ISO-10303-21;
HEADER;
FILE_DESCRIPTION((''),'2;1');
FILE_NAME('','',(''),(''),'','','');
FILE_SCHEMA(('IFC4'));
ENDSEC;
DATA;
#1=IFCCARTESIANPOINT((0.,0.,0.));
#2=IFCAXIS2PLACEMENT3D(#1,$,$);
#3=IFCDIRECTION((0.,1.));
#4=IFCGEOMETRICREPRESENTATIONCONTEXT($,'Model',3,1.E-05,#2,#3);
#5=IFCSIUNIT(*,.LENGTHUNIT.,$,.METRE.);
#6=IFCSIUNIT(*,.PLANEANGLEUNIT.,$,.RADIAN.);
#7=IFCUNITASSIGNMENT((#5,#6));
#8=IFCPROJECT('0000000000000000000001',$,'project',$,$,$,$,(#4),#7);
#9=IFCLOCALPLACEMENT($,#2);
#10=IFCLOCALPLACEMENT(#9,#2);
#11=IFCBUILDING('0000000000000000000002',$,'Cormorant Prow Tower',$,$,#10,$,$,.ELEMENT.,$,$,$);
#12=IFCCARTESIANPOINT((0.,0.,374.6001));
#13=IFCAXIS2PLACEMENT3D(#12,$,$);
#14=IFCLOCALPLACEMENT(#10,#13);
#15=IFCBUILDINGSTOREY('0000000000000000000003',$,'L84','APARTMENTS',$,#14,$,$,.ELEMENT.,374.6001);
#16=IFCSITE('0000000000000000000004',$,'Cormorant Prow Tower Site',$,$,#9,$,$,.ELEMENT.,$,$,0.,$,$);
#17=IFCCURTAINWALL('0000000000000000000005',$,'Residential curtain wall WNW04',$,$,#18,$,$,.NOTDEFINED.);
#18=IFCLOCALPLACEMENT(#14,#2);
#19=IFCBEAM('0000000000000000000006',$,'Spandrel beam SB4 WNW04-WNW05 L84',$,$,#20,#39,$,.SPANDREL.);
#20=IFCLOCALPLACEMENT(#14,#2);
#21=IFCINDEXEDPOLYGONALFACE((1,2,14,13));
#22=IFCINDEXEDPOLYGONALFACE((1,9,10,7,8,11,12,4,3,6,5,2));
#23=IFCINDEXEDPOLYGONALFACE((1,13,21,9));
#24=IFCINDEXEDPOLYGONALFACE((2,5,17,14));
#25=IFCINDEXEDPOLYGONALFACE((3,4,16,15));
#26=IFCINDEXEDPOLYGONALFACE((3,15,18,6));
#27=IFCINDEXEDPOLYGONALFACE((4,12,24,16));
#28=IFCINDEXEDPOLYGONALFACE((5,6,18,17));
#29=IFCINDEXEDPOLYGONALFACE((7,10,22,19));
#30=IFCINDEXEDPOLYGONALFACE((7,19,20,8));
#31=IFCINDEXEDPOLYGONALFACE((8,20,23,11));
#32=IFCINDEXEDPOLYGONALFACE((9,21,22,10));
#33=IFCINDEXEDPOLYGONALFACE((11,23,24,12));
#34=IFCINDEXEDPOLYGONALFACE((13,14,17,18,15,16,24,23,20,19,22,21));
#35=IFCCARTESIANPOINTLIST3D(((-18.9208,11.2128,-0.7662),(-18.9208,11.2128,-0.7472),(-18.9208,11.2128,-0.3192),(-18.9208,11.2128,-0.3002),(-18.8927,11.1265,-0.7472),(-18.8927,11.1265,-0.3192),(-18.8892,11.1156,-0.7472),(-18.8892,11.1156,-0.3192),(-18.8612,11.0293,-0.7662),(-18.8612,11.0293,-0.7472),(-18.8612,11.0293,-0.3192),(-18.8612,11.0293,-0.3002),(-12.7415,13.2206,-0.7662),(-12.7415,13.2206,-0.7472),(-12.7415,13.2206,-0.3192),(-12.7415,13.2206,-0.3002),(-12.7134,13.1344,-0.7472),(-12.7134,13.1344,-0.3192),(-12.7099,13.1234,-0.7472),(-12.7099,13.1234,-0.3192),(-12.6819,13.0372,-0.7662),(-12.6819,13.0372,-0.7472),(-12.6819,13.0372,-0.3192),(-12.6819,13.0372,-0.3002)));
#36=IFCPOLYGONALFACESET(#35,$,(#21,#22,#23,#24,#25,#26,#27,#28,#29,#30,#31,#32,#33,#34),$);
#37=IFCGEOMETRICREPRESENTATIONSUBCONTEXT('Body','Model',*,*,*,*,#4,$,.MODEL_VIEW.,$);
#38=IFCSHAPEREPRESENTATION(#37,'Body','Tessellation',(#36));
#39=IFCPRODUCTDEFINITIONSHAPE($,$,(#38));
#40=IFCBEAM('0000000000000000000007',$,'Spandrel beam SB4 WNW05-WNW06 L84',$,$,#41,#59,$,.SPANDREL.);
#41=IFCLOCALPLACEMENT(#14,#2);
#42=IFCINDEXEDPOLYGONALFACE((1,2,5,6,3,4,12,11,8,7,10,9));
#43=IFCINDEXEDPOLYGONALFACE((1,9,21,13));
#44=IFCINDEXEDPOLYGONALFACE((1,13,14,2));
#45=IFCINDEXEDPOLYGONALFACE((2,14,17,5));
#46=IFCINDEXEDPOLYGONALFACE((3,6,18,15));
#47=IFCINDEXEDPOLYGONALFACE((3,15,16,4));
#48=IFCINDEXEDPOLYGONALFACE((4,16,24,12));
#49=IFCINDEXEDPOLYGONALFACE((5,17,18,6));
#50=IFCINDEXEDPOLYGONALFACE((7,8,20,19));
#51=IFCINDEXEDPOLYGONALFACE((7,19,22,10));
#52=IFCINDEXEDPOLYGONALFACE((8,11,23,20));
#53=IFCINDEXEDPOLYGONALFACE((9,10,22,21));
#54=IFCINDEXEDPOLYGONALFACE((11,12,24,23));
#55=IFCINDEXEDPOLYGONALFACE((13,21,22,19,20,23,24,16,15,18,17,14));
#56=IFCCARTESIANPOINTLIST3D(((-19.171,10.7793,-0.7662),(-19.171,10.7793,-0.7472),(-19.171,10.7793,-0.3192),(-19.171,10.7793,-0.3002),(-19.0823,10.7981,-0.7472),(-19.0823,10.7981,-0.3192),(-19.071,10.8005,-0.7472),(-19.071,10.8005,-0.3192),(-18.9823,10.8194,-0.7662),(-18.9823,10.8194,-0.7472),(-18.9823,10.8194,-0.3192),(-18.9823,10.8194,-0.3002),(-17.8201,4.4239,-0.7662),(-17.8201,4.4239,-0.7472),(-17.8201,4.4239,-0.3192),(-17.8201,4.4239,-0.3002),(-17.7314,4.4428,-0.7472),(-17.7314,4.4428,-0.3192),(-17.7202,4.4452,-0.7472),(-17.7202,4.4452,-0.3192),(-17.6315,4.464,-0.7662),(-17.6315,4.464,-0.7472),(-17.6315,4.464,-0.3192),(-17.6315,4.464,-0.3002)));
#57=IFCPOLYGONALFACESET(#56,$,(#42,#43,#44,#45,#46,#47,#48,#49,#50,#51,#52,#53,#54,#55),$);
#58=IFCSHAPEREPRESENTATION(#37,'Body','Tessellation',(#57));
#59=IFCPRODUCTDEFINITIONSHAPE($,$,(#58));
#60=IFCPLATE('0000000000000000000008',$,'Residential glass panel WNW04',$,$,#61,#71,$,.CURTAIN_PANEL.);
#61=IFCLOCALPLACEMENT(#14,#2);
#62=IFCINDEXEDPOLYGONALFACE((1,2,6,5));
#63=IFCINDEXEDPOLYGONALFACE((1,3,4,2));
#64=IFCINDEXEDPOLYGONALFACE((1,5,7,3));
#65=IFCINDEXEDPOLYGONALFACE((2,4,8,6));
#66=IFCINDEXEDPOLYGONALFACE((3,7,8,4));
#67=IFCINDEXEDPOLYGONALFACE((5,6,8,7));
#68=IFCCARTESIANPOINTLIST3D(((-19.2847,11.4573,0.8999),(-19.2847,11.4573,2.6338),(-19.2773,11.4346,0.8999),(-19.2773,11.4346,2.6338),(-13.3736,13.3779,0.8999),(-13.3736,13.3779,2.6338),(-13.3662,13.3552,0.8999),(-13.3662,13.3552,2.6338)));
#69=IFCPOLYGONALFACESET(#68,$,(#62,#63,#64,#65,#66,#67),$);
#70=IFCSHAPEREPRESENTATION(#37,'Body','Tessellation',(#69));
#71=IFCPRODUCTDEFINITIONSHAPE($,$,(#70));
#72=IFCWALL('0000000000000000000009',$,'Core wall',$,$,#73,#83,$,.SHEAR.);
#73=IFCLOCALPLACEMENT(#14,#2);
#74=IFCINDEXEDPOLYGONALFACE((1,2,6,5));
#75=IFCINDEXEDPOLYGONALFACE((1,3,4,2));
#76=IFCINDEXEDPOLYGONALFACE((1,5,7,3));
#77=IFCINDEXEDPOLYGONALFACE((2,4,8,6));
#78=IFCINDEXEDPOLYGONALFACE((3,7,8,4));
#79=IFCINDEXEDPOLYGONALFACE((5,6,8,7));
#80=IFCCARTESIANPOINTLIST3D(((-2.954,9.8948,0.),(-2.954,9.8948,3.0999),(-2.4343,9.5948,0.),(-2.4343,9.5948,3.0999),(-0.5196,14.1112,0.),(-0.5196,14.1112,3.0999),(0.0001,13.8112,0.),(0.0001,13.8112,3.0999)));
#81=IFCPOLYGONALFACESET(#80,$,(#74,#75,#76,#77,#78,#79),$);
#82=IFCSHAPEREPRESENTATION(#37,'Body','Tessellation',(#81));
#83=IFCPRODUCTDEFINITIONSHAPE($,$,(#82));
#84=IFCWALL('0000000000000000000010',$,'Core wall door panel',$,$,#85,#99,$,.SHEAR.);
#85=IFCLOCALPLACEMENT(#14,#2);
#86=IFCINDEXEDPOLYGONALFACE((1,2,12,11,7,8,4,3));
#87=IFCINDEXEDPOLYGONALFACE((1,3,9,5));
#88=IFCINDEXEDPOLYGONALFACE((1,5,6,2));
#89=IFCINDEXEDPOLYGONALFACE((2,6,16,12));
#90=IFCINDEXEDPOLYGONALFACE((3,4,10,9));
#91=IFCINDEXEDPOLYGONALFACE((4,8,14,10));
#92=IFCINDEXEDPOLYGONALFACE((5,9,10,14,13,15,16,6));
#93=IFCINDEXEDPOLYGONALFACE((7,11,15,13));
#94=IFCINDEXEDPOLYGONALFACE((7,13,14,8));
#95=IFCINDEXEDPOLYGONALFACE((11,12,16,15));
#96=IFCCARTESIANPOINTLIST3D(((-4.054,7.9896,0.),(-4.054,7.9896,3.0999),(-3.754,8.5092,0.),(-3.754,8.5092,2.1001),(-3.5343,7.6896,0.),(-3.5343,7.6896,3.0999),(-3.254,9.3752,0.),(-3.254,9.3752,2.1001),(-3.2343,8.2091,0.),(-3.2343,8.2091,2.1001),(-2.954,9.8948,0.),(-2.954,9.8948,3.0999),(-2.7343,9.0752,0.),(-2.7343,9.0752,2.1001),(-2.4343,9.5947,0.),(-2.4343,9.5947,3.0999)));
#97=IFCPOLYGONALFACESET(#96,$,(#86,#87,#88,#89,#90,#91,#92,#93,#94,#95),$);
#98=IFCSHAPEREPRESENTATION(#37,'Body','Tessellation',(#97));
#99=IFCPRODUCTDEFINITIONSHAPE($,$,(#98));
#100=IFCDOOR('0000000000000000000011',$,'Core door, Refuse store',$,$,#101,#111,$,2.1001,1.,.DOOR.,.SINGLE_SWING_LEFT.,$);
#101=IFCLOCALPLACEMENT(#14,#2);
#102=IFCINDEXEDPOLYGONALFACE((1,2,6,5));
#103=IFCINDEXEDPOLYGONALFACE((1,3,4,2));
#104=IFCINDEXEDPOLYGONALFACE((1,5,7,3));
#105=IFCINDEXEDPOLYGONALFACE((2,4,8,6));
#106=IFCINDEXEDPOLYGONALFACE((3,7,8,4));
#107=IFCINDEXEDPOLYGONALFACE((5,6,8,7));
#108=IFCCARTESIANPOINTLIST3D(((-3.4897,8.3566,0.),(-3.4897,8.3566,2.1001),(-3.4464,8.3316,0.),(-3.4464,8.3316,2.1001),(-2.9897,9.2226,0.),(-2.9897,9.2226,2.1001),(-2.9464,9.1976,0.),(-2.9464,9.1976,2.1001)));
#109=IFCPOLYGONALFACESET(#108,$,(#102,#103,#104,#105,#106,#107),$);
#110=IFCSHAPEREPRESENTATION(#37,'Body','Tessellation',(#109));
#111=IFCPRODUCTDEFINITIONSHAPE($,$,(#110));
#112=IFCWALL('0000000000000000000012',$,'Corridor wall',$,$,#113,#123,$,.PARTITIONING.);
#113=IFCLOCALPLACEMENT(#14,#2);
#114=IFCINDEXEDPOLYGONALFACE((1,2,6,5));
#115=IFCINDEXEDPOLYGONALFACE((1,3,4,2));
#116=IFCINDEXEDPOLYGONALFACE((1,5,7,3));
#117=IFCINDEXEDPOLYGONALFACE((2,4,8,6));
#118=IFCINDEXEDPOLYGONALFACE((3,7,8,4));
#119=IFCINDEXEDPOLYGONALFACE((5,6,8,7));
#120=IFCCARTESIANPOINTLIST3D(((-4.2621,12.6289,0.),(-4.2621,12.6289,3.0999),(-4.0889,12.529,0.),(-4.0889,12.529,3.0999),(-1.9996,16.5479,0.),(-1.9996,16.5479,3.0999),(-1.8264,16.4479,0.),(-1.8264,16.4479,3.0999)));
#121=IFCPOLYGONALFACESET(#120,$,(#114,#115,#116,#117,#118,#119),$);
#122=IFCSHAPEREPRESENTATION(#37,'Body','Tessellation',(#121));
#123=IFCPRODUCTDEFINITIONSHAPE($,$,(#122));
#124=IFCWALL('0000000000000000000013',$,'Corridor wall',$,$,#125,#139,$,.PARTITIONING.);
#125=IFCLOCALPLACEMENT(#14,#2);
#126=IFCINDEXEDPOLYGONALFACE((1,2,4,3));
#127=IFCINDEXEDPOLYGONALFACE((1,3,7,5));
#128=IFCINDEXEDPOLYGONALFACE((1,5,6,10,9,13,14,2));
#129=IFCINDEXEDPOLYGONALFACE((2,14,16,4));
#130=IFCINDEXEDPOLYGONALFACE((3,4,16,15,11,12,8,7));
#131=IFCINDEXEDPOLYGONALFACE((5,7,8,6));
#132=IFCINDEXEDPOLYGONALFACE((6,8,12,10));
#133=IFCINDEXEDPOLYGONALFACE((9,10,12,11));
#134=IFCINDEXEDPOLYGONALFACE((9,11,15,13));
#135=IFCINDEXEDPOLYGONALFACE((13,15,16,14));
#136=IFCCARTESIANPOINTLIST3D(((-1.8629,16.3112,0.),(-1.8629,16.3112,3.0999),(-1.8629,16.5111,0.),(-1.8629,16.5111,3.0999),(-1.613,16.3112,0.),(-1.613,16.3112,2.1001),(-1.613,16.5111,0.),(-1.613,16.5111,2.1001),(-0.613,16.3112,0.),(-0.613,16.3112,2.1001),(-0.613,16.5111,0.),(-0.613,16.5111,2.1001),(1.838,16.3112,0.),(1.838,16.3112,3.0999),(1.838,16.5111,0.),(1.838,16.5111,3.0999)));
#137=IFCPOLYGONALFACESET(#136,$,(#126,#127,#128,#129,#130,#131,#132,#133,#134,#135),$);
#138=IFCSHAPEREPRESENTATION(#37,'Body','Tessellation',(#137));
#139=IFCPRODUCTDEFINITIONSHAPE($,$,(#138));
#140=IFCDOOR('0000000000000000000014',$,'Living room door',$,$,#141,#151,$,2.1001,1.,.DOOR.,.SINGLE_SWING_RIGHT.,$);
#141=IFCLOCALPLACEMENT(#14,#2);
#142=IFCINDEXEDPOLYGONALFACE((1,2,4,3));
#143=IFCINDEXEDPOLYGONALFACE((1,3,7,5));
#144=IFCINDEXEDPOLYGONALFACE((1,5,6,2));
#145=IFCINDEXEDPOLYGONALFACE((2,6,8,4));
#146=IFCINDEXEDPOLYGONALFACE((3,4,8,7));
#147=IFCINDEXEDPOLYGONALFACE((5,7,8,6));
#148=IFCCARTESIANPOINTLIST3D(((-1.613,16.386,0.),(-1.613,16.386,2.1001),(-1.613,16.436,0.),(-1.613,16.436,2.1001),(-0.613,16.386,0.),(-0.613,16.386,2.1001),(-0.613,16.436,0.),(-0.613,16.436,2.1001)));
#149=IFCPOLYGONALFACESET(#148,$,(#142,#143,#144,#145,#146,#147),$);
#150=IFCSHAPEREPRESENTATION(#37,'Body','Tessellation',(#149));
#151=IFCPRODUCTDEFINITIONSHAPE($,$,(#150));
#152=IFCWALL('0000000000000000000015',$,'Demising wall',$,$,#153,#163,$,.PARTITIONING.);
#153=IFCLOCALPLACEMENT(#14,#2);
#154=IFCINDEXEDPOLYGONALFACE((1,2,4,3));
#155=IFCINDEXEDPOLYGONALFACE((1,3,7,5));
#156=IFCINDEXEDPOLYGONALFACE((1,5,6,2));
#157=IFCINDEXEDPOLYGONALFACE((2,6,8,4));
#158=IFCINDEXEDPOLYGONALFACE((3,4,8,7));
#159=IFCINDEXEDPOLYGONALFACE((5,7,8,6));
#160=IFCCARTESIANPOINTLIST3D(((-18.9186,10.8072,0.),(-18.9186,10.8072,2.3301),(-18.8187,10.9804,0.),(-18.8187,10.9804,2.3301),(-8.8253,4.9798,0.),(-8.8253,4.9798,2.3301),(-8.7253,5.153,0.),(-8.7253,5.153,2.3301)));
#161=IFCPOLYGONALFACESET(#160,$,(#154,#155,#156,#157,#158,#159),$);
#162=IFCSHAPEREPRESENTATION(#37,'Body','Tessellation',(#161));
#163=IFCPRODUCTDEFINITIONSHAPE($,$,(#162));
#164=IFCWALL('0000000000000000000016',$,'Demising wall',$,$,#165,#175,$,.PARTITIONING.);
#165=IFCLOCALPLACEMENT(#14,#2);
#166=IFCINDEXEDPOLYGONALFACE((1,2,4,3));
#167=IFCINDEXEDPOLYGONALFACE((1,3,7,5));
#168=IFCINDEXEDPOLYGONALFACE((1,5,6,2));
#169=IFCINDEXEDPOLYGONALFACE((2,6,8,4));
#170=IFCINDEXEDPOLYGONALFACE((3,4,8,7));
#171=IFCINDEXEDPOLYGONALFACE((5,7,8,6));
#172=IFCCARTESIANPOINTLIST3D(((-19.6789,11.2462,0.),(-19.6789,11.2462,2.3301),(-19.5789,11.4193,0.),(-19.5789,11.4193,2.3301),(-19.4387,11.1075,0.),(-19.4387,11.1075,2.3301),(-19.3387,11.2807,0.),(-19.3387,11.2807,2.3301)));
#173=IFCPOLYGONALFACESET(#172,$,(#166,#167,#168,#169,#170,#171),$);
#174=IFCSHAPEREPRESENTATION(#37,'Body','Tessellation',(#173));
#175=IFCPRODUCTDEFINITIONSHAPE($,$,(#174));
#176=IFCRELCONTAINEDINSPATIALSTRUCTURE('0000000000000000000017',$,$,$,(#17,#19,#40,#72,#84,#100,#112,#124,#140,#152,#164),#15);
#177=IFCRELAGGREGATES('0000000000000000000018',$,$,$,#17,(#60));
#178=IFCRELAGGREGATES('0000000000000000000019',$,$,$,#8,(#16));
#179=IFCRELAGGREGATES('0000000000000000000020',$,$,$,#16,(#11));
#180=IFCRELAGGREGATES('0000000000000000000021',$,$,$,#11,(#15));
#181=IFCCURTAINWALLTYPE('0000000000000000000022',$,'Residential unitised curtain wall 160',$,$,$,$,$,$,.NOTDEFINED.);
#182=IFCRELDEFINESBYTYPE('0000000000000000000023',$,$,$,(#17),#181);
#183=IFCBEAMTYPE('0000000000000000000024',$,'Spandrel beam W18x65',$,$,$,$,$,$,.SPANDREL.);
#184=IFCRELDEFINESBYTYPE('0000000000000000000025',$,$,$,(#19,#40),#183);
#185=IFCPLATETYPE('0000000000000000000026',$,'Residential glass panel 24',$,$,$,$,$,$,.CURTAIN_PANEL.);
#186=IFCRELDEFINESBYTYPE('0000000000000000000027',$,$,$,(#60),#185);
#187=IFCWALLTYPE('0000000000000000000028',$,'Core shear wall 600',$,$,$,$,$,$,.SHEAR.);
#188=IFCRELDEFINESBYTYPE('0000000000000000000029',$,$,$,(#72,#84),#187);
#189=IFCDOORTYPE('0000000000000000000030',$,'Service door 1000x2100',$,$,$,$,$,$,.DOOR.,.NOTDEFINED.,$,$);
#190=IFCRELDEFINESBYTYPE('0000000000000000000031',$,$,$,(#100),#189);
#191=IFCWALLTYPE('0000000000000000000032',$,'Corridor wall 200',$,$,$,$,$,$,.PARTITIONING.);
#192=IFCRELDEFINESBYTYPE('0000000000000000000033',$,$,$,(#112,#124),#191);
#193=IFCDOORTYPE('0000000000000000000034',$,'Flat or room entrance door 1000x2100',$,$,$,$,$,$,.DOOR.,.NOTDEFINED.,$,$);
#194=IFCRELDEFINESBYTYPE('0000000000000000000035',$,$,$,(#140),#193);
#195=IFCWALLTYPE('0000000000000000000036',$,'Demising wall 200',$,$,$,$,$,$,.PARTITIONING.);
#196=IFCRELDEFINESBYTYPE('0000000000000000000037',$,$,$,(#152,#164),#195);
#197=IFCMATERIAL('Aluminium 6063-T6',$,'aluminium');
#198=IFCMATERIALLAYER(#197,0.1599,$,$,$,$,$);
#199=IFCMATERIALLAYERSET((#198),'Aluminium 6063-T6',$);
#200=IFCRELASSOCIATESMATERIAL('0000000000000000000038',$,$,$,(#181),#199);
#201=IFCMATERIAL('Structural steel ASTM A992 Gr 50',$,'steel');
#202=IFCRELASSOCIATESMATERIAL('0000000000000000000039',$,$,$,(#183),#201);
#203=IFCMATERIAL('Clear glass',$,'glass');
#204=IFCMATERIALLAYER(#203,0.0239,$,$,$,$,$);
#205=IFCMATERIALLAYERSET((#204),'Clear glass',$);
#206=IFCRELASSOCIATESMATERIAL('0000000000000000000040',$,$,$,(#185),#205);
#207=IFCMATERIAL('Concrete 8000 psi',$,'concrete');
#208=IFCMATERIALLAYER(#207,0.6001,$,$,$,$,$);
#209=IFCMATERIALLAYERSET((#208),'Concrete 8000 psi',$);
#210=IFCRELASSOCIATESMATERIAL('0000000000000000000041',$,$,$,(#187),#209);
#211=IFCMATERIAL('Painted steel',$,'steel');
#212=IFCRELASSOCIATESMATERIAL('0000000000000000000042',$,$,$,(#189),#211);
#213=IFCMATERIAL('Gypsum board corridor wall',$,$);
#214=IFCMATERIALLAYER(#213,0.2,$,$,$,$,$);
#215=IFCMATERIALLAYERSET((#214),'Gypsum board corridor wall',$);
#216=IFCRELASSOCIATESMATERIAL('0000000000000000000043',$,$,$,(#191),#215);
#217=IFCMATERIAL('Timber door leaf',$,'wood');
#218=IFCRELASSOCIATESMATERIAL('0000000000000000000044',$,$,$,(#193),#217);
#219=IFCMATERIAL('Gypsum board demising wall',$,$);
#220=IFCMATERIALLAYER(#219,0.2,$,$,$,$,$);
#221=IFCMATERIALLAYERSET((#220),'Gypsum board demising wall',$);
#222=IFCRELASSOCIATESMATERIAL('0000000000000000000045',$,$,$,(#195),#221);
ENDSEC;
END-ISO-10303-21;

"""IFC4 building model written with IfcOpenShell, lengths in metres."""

from ifc_helpers import new_model, si_unit, direction, frame, frame_2d, origin, origin_2d, place, context, subcontext, project, spatial, rectangle, i_section, extrude, material, layer, layer_set, material_profile, profile_set, type_object, element, fill, aggregate, save


model = new_model("IFC4")

# Units and contexts
model_context = context("Model", 3, precision=1e-05, world=origin(), true_north=direction((0.0, 1.0)))
body_context = subcontext(model_context, "Body", "Model", "MODEL_VIEW")
ifc_project = project(units=[si_unit("LENGTHUNIT", "METRE"), si_unit("PLANEANGLEUNIT", "RADIAN")], contexts=[model_context])

# Site, building, storey
site_placement = place(None, origin())
site = spatial("IfcSite", under=ifc_project, at=site_placement, Name="Cormorant Prow Tower Site", CompositionType="ELEMENT", RefElevation=0.0)
building_placement = place(site_placement, origin())
building = spatial("IfcBuilding", under=site, at=building_placement, Name="Cormorant Prow Tower", CompositionType="ELEMENT")
storey_placement = place(building_placement, frame((0.0, 0.0, 374.6001)))
storey = spatial("IfcBuildingStorey", under=building, at=storey_placement, Name="L84", Description="APARTMENTS", CompositionType="ELEMENT", Elevation=374.6001)

# Curtain wall
ifc_material_1 = material(Name="Aluminium 6063-T6", Category="aluminium")
ifc_layer_1 = layer(ifc_material_1, 0.1599)
ifc_layer_set_1 = layer_set([ifc_layer_1], Name="Aluminium 6063-T6")
curtain_wall_type = type_object("IfcCurtainWallType", Name="Residential unitised curtain wall 160", PredefinedType="NOTDEFINED", material=ifc_layer_set_1)
curtain_wall_placement = place(storey_placement, origin())
curtain_wall = element("IfcCurtainWall", 1, at=curtain_wall_placement, inside=storey, type_object=curtain_wall_type, Name="Residential curtain wall WNW04", PredefinedType="NOTDEFINED")

# Beams
ifc_material_2 = material(Name="Structural steel ASTM A992 Gr 50", Category="steel")
ifc_material_profile_1 = material_profile(ifc_material_2, i_section(OverallWidth=0.1929, OverallDepth=0.4661, WebThickness=0.0115, FlangeThickness=0.019, at=origin_2d()), Name="W18x65")
ifc_profile_set_1 = profile_set([ifc_material_profile_1], Name="Structural steel ASTM A992 Gr 50")
beam_type_1 = type_object("IfcBeamType", Name="Spandrel beam W18x65", PredefinedType="SPANDREL", material=ifc_profile_set_1)
for number, where, z_axis, x_axis, name in (
    (2, (-12.7117, 13.1289, -0.5332), (-0.951053, -0.309027, 0.0), (0.309027, -0.951053, 0.0), "Spandrel beam SB4 WNW04-WNW05 L84"),
    (3, (-19.0767, 10.7993, -0.5332), (0.20791, -0.978148, 0.0), (0.978148, 0.20791, 0.0), "Spandrel beam SB4 WNW05-WNW06 L84"),
):
    element("IfcBeam", number, at=place(storey_placement, frame(where, z_axis=z_axis, x_axis=x_axis)), inside=storey, type_object=beam_type_1, Name=name, PredefinedType="SPANDREL", context=body_context, shape_type="SweptSolid", body=[
        extrude(i_section(OverallWidth=0.1929, OverallDepth=0.4661, WebThickness=0.0115, FlangeThickness=0.019, at=origin_2d()), origin(), (0.0, 0.0, 1.0), 6.4973),
    ])

# Plate
ifc_material_3 = material(Name="Clear glass", Category="glass")
ifc_layer_2 = layer(ifc_material_3, 0.0239)
ifc_layer_set_2 = layer_set([ifc_layer_2], Name="Clear glass")
plate_type = type_object("IfcPlateType", Name="Residential glass panel 24", PredefinedType="CURTAIN_PANEL", material=ifc_layer_set_2)
plate_placement = place(storey_placement, frame((-16.3254, 12.4062, 0.8999), z_axis=(0.0, 0.0, 1.0), x_axis=(-0.951057, -0.309017, 0.0)))
plate = element("IfcPlate", 4, at=plate_placement, type_object=plate_type, Name="Residential glass panel WNW04", PredefinedType="CURTAIN_PANEL", context=body_context, shape_type="SweptSolid", body=[
    extrude(rectangle(XDim=6.2153, YDim=0.0239, at=origin_2d()), origin(), (0.0, 0.0, 1.0), 1.7339),
])
aggregate(curtain_wall, [plate])

# Wall
ifc_material_4 = material(Name="Concrete 8000 psi", Category="concrete")
ifc_layer_3 = layer(ifc_material_4, 0.6001)
ifc_layer_set_3 = layer_set([ifc_layer_3], Name="Concrete 8000 psi")
wall_type_1 = type_object("IfcWallType", Name="Core shear wall 600", PredefinedType="SHEAR", material=ifc_layer_set_3)
wall_1_placement = place(storey_placement, frame((-0.2598, 13.9612, 0.0), z_axis=(0.0, 0.0, 1.0), x_axis=(-0.500006, -0.866022, 0.0)))
element("IfcWall", 5, at=wall_1_placement, inside=storey, type_object=wall_type_1, Name="Core wall", PredefinedType="SHEAR", context=body_context, shape_type="SweptSolid", body=[
    extrude(rectangle(XDim=4.8687, YDim=0.6001, at=frame_2d((2.4343, 0.0))), origin(), (0.0, 0.0, 1.0), 3.0999),
])

# Wall, opening, door
wall_2_placement = place(storey_placement, frame((-2.6941, 9.7449, 0.0), z_axis=(0.0, 0.0, 1.0), x_axis=(-0.50003, -0.866008, 0.0)))
wall_2 = element("IfcWall", 6, at=wall_2_placement, inside=storey, type_object=wall_type_1, Name="Core wall door panel", PredefinedType="SHEAR", context=body_context, shape_type="SweptSolid", body=[
    extrude(rectangle(XDim=2.2, YDim=0.6001, at=frame_2d((1.1001, 0.0))), origin(), (0.0, 0.0, 1.0), 3.0999),
])
opening_1_placement = place(wall_2_placement, frame((0.6001, 0.0, 0.0)))
opening_1 = element("IfcOpeningElement", 7, at=opening_1_placement, cuts=wall_2, PredefinedType="OPENING", context=body_context, shape_type="SweptSolid", body=[
    extrude(rectangle(XDim=1.0, YDim=2.1001, at=frame_2d((0.5, 1.05))), frame((0.0, 0.3101, 0.0), z_axis=(0.0, -1.0, 0.0), x_axis=(1.0, 0.0, 0.0)), (0.0, 0.0, 1.0), 0.6201),
])
ifc_material_5 = material(Name="Painted steel", Category="steel")
door_type_1 = type_object("IfcDoorType", Name="Service door 1000x2100", OperationType="NOTDEFINED", PredefinedType="DOOR", material=ifc_material_5)
door_1_placement = place(opening_1_placement, origin())
door_1 = element("IfcDoor", 8, at=door_1_placement, inside=storey, type_object=door_type_1, Name="Core door, Refuse store", OperationType="SINGLE_SWING_LEFT", OverallHeight=2.1001, OverallWidth=1.0, PredefinedType="DOOR", context=body_context, shape_type="SweptSolid", body=[
    extrude(rectangle(XDim=1.0, YDim=2.1001, at=frame_2d((0.5, 1.05))), frame((0.0, 0.0552, 0.0), z_axis=(0.0, -1.0, 0.0), x_axis=(1.0, 0.0, 0.0)), (0.0, 0.0, 1.0), 0.05),
])
fill(opening_1, door_1)

# Wall
ifc_material_6 = material(Name="Gypsum board corridor wall")
ifc_layer_4 = layer(ifc_material_6, 0.2)
ifc_layer_set_4 = layer_set([ifc_layer_4], Name="Gypsum board corridor wall")
wall_type_2 = type_object("IfcWallType", Name="Corridor wall 200", PredefinedType="PARTITIONING", material=ifc_layer_set_4)
wall_3_placement = place(storey_placement, frame((-4.1755, 12.5789, 0.0), z_axis=(0.0, 0.0, 1.0), x_axis=(0.499975, 0.86604, 0.0)))
element("IfcWall", 9, at=wall_3_placement, inside=storey, type_object=wall_type_2, Name="Corridor wall", PredefinedType="PARTITIONING", context=body_context, shape_type="SweptSolid", body=[
    extrude(rectangle(XDim=4.5251, YDim=0.2, at=frame_2d((2.2627, 0.0))), origin(), (0.0, 0.0, 1.0), 3.0999),
])

# Wall, opening, door
wall_4_placement = place(storey_placement, frame((-1.863, 16.4111, 0.0), z_axis=(0.0, 0.0, 1.0), x_axis=(1.0, 0.0, 0.0)))
wall_4 = element("IfcWall", 10, at=wall_4_placement, inside=storey, type_object=wall_type_2, Name="Corridor wall", PredefinedType="PARTITIONING", context=body_context, shape_type="SweptSolid", body=[
    extrude(rectangle(XDim=3.7009, YDim=0.2, at=frame_2d((1.8506, 0.0))), origin(), (0.0, 0.0, 1.0), 3.0999),
])
opening_2_placement = place(wall_4_placement, frame((0.25, 0.0, 0.0)))
opening_2 = element("IfcOpeningElement", 11, at=opening_2_placement, cuts=wall_4, PredefinedType="OPENING", context=body_context, shape_type="SweptSolid", body=[
    extrude(rectangle(XDim=1.0, YDim=2.1001, at=frame_2d((0.5, 1.05))), frame((0.0, 0.1099, 0.0), z_axis=(0.0, -1.0, 0.0), x_axis=(1.0, 0.0, 0.0)), (0.0, 0.0, 1.0), 0.22),
])
ifc_material_7 = material(Name="Timber door leaf", Category="wood")
door_type_2 = type_object("IfcDoorType", Name="Flat or room entrance door 1000x2100", OperationType="NOTDEFINED", PredefinedType="DOOR", material=ifc_material_7)
door_2_placement = place(opening_2_placement, origin())
door_2 = element("IfcDoor", 12, at=door_2_placement, inside=storey, type_object=door_type_2, Name="Living room door", OperationType="SINGLE_SWING_RIGHT", OverallHeight=2.1001, OverallWidth=1.0, PredefinedType="DOOR", context=body_context, shape_type="SweptSolid", body=[
    extrude(rectangle(XDim=1.0, YDim=2.1001, at=frame_2d((0.5, 1.05))), frame((0.0, 0.0249, 0.0), z_axis=(0.0, -1.0, 0.0), x_axis=(1.0, 0.0, 0.0)), (0.0, 0.0, 1.0), 0.05),
])
fill(opening_2, door_2)

# Walls
ifc_material_8 = material(Name="Gypsum board demising wall")
ifc_layer_5 = layer(ifc_material_8, 0.2)
ifc_layer_set_5 = layer_set([ifc_layer_5], Name="Gypsum board demising wall")
wall_type_3 = type_object("IfcWallType", Name="Demising wall 200", PredefinedType="PARTITIONING", material=ifc_layer_set_5)
wall_5_placement = place(storey_placement, frame((-18.8687, 10.8938, 0.0), z_axis=(0.0, 0.0, 1.0), x_axis=(0.866024, -0.500003, 0.0)))
element("IfcWall", 13, at=wall_5_placement, inside=storey, type_object=wall_type_3, Name="Demising wall", PredefinedType="PARTITIONING", context=body_context, shape_type="SweptSolid", body=[
    extrude(rectangle(XDim=11.6548, YDim=0.2, at=frame_2d((5.8274, 0.0))), origin(), (0.0, 0.0, 1.0), 2.3301),
])
wall_6_placement = place(storey_placement, frame((-19.6289, 11.3328, 0.0), z_axis=(0.0, 0.0, 1.0), x_axis=(0.866068, -0.499926, 0.0)))
element("IfcWall", 14, at=wall_6_placement, inside=storey, type_object=wall_type_3, Name="Demising wall", PredefinedType="PARTITIONING", context=body_context, shape_type="SweptSolid", body=[
    extrude(rectangle(XDim=0.2773, YDim=0.2, at=frame_2d((0.1387, 0.0))), origin(), (0.0, 0.0, 1.0), 2.3301),
])

save(model, "model.ifc")
